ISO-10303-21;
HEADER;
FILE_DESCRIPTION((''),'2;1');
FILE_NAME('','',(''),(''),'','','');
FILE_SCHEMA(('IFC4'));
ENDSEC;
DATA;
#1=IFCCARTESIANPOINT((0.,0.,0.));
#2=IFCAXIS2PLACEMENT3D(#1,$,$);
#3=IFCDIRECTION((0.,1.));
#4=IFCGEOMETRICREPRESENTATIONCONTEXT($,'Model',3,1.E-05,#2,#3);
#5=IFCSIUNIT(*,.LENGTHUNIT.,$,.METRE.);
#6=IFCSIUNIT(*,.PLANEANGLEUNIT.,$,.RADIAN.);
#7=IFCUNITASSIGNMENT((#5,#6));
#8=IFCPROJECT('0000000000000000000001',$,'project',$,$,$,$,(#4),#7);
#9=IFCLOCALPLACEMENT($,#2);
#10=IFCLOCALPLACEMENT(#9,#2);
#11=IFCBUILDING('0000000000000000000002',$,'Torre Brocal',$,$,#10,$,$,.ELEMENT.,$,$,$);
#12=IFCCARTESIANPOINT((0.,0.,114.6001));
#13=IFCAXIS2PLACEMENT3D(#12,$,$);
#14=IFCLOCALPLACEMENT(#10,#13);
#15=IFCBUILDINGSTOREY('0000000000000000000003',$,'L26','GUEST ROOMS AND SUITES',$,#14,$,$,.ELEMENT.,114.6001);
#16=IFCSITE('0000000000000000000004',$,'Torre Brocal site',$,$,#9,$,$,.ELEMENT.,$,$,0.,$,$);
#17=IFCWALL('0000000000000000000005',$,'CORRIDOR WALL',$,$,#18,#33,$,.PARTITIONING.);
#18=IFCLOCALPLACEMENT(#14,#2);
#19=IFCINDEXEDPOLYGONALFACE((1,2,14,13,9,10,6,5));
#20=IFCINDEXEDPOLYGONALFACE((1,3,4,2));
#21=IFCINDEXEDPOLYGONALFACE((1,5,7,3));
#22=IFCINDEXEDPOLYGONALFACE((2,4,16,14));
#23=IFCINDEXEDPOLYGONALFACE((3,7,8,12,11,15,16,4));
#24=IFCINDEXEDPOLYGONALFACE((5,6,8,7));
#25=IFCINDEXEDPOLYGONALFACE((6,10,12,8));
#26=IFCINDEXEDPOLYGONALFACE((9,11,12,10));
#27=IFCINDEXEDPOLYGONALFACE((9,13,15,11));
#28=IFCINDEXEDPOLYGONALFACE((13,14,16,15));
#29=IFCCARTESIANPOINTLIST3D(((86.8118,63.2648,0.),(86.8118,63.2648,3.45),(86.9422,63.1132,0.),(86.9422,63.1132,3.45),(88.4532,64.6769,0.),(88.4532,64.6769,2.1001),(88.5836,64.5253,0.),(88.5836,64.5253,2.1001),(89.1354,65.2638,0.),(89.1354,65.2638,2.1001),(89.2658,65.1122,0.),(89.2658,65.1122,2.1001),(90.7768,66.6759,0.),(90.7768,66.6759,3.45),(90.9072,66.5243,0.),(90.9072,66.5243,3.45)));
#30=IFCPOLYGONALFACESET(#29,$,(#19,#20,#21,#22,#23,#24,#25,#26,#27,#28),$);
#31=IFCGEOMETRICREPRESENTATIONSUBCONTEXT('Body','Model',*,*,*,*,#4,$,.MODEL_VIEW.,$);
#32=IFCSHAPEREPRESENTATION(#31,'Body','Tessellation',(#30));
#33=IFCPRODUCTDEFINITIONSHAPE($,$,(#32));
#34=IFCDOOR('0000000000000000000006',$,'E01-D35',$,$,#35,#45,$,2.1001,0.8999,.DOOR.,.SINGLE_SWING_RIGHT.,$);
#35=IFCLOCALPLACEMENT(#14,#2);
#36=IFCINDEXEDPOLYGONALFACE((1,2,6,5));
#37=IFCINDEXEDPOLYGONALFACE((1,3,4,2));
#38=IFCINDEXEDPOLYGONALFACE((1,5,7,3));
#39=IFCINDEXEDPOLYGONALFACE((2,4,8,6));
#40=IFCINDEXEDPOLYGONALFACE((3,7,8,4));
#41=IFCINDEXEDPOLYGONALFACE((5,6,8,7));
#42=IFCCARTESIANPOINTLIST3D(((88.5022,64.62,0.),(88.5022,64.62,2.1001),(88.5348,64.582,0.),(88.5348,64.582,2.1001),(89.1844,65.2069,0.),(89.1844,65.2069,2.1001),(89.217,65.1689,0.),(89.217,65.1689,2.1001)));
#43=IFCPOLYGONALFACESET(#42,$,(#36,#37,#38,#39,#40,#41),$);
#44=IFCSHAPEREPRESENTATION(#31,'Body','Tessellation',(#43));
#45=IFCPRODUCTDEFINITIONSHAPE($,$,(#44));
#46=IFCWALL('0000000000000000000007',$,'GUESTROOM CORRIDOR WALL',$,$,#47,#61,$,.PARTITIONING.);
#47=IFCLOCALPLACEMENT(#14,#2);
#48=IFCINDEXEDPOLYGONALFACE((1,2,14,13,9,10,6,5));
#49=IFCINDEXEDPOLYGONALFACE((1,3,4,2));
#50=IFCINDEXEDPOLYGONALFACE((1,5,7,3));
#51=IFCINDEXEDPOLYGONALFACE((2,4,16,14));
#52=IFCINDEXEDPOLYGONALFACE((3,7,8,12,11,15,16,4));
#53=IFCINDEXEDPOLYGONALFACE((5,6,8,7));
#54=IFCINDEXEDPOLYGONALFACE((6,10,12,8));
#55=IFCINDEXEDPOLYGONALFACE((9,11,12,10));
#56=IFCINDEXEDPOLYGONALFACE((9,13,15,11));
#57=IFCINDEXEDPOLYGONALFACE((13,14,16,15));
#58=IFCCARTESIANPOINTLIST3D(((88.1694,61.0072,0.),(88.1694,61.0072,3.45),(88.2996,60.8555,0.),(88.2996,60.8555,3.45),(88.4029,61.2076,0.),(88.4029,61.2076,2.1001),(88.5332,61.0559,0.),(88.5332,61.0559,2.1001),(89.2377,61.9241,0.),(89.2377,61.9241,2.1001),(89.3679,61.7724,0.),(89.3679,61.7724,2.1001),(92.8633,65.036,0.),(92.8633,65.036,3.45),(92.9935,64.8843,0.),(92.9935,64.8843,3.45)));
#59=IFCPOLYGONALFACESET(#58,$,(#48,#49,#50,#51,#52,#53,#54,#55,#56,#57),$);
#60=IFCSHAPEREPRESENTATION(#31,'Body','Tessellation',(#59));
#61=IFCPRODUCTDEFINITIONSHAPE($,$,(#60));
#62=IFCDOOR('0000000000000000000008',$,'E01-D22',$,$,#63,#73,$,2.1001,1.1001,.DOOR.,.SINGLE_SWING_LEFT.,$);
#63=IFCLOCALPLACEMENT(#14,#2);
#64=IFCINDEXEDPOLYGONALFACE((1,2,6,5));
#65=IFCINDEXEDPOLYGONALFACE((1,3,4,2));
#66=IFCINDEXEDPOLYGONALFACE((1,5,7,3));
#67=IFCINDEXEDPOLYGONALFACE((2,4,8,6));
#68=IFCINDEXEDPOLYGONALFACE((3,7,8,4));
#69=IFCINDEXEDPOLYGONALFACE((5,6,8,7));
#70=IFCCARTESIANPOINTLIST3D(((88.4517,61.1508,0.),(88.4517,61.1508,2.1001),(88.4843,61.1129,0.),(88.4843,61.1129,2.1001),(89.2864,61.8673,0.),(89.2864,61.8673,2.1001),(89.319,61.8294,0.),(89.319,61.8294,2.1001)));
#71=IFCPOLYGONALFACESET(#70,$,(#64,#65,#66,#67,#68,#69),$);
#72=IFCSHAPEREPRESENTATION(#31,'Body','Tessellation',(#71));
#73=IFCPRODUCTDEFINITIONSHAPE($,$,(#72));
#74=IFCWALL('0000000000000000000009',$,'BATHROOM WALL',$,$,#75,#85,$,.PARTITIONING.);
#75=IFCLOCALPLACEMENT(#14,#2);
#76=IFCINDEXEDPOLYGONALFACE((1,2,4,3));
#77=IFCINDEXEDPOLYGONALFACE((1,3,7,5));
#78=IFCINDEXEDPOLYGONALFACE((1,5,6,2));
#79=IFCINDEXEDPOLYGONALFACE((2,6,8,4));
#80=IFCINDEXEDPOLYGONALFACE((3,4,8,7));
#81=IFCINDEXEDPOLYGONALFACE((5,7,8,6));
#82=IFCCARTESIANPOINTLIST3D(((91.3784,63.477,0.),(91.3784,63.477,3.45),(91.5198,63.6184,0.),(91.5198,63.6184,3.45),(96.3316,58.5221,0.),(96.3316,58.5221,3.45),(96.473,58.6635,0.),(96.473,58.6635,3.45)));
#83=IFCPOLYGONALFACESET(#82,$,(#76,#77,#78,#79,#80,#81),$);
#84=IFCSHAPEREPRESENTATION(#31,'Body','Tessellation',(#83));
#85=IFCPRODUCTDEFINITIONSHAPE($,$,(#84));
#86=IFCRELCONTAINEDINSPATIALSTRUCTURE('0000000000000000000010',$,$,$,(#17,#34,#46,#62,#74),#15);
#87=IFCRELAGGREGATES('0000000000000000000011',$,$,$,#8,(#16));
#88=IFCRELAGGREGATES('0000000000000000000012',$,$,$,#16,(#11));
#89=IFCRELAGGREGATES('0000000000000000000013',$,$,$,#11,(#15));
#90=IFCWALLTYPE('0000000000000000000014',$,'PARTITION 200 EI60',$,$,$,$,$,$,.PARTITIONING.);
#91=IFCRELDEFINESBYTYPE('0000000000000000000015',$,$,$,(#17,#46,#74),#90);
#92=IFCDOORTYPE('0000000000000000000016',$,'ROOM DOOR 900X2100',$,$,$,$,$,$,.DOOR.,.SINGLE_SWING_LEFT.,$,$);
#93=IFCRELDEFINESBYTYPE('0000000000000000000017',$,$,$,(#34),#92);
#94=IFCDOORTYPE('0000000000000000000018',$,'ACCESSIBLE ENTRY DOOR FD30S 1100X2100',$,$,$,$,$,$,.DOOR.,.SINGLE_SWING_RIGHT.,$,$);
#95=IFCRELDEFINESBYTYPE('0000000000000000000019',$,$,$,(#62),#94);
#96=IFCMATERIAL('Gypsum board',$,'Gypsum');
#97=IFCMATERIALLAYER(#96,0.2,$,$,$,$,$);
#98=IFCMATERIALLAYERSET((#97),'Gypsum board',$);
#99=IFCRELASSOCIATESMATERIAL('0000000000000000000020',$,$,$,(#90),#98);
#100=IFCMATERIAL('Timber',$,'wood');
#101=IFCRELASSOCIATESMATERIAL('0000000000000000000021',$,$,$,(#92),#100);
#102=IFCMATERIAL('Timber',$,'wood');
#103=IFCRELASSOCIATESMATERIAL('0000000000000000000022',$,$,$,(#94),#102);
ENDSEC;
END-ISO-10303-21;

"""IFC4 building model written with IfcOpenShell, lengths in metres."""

from ifc_helpers import new_model, si_unit, direction, frame, frame_2d, origin, place, context, subcontext, project, spatial, rectangle, extrude, material, layer, layer_set, type_object, element, fill, save


model = new_model("IFC4")

# Units and contexts
model_context = context("Model", 3, precision=1e-05, world=origin(), true_north=direction((0.0, 1.0)))
body_context = subcontext(model_context, "Body", "Model", "MODEL_VIEW")
ifc_project = project(units=[si_unit("LENGTHUNIT", "METRE"), si_unit("PLANEANGLEUNIT", "RADIAN")], contexts=[model_context])

# Site, building, storey
site_placement = place(None, origin())
site = spatial("IfcSite", under=ifc_project, at=site_placement, Name="Torre Brocal site", CompositionType="ELEMENT", RefElevation=0.0)
building_placement = place(site_placement, origin())
building = spatial("IfcBuilding", under=site, at=building_placement, Name="Torre Brocal", CompositionType="ELEMENT")
storey_placement = place(building_placement, frame((0.0, 0.0, 114.6001)))
storey = spatial("IfcBuildingStorey", under=building, at=storey_placement, Name="L26", Description="GUEST ROOMS AND SUITES", CompositionType="ELEMENT", Elevation=114.6001)

# Shared definitions
ifc_material_1 = material(Name="Gypsum board", Category="Gypsum")
ifc_layer_1 = layer(ifc_material_1, 0.2)
ifc_layer_set_1 = layer_set([ifc_layer_1], Name="Gypsum board")
wall_type_1 = type_object("IfcWallType", Name="PARTITION 200 EI60", PredefinedType="PARTITIONING", material=ifc_layer_set_1)

# Walls, openings, doors
wall_1_placement = place(storey_placement, frame((86.877, 63.189, 0.0), z_axis=(0.0, 0.0, 1.0), x_axis=(0.758076, 0.652166, 0.0)))
wall_1 = element("IfcWall", 1, at=wall_1_placement, inside=storey, type_object=wall_type_1, Name="CORRIDOR WALL", PredefinedType="PARTITIONING", context=body_context, shape_type="SweptSolid", body=[
    extrude(rectangle(XDim=5.2305, YDim=0.2, at=frame_2d((2.6152, 0.0))), origin(), (0.0, 0.0, 1.0), 3.45),
])
opening_1_placement = place(wall_1_placement, frame((2.1653, 0.0, 0.0)))
opening_1 = element("IfcOpeningElement", 2, at=opening_1_placement, cuts=wall_1, PredefinedType="OPENING", context=body_context, shape_type="SweptSolid", body=[
    extrude(rectangle(XDim=0.8999, YDim=2.1001, at=frame_2d((0.45, 1.05))), frame((0.0, 0.1099, 0.0), z_axis=(0.0, -1.0, 0.0), x_axis=(1.0, 0.0, 0.0)), (0.0, 0.0, 1.0), 0.22),
])
ifc_material_2 = material(Name="Timber", Category="wood")
door_type_1 = type_object("IfcDoorType", Name="ROOM DOOR 900X2100", OperationType="SINGLE_SWING_LEFT", PredefinedType="DOOR", material=ifc_material_2)
door_1_placement = place(opening_1_placement, origin())
door_1 = element("IfcDoor", 3, at=door_1_placement, inside=storey, type_object=door_type_1, Name="E01-D35", OperationType="SINGLE_SWING_RIGHT", OverallHeight=2.1001, OverallWidth=0.8999, PredefinedType="DOOR", context=body_context, shape_type="SweptSolid", body=[
    extrude(rectangle(XDim=0.8999, YDim=2.1001, at=frame_2d((0.45, 1.05))), frame((0.0, 0.0249, 0.0), z_axis=(0.0, -1.0, 0.0), x_axis=(1.0, 0.0, 0.0)), (0.0, 0.0, 1.0), 0.05),
])
fill(opening_1, door_1)
wall_2_placement = place(storey_placement, frame((88.2346, 60.9314, 0.0), z_axis=(0.0, 0.0, 1.0), x_axis=(0.758816, 0.651305, 0.0)))
wall_2 = element("IfcWall", 4, at=wall_2_placement, inside=storey, type_object=wall_type_1, Name="GUESTROOM CORRIDOR WALL", PredefinedType="PARTITIONING", context=body_context, shape_type="SweptSolid", body=[
    extrude(rectangle(XDim=6.1858, YDim=0.2, at=frame_2d((3.0928, 0.0))), origin(), (0.0, 0.0, 1.0), 3.45),
])
opening_2_placement = place(wall_2_placement, frame((0.3076, 0.0, 0.0)))
opening_2 = element("IfcOpeningElement", 5, at=opening_2_placement, cuts=wall_2, PredefinedType="OPENING", context=body_context, shape_type="SweptSolid", body=[
    extrude(rectangle(XDim=1.1001, YDim=2.1001, at=frame_2d((0.55, 1.05))), frame((0.0, 0.1099, 0.0), z_axis=(0.0, -1.0, 0.0), x_axis=(1.0, 0.0, 0.0)), (0.0, 0.0, 1.0), 0.22),
])
ifc_material_3 = material(Name="Timber", Category="wood")
door_type_2 = type_object("IfcDoorType", Name="ACCESSIBLE ENTRY DOOR FD30S 1100X2100", OperationType="SINGLE_SWING_RIGHT", PredefinedType="DOOR", material=ifc_material_3)
door_2_placement = place(opening_2_placement, frame((1.1001, 0.0, 0.0), z_axis=(0.0, 0.0, 1.0), x_axis=(-1.0, 0.0, 0.0)))
door_2 = element("IfcDoor", 6, at=door_2_placement, inside=storey, type_object=door_type_2, Name="E01-D22", OperationType="SINGLE_SWING_LEFT", OverallHeight=2.1001, OverallWidth=1.1001, PredefinedType="DOOR", context=body_context, shape_type="SweptSolid", body=[
    extrude(rectangle(XDim=1.1001, YDim=2.1001, at=frame_2d((0.55, 1.05))), frame((0.0, 0.0249, 0.0), z_axis=(0.0, -1.0, 0.0), x_axis=(1.0, 0.0, 0.0)), (0.0, 0.0, 1.0), 0.05),
])
fill(opening_2, door_2)

# Wall
wall_3_placement = place(storey_placement, frame((91.4492, 63.5476, 0.0), z_axis=(0.0, 0.0, 1.0), x_axis=(0.706985, -0.707229, 0.0)))
element("IfcWall", 7, at=wall_3_placement, inside=storey, type_object=wall_type_1, Name="BATHROOM WALL", PredefinedType="PARTITIONING", context=body_context, shape_type="SweptSolid", body=[
    extrude(rectangle(XDim=7.0061, YDim=0.2, at=frame_2d((3.5029, 0.0))), origin(), (0.0, 0.0, 1.0), 3.45),
])

save(model, "model.ifc")
